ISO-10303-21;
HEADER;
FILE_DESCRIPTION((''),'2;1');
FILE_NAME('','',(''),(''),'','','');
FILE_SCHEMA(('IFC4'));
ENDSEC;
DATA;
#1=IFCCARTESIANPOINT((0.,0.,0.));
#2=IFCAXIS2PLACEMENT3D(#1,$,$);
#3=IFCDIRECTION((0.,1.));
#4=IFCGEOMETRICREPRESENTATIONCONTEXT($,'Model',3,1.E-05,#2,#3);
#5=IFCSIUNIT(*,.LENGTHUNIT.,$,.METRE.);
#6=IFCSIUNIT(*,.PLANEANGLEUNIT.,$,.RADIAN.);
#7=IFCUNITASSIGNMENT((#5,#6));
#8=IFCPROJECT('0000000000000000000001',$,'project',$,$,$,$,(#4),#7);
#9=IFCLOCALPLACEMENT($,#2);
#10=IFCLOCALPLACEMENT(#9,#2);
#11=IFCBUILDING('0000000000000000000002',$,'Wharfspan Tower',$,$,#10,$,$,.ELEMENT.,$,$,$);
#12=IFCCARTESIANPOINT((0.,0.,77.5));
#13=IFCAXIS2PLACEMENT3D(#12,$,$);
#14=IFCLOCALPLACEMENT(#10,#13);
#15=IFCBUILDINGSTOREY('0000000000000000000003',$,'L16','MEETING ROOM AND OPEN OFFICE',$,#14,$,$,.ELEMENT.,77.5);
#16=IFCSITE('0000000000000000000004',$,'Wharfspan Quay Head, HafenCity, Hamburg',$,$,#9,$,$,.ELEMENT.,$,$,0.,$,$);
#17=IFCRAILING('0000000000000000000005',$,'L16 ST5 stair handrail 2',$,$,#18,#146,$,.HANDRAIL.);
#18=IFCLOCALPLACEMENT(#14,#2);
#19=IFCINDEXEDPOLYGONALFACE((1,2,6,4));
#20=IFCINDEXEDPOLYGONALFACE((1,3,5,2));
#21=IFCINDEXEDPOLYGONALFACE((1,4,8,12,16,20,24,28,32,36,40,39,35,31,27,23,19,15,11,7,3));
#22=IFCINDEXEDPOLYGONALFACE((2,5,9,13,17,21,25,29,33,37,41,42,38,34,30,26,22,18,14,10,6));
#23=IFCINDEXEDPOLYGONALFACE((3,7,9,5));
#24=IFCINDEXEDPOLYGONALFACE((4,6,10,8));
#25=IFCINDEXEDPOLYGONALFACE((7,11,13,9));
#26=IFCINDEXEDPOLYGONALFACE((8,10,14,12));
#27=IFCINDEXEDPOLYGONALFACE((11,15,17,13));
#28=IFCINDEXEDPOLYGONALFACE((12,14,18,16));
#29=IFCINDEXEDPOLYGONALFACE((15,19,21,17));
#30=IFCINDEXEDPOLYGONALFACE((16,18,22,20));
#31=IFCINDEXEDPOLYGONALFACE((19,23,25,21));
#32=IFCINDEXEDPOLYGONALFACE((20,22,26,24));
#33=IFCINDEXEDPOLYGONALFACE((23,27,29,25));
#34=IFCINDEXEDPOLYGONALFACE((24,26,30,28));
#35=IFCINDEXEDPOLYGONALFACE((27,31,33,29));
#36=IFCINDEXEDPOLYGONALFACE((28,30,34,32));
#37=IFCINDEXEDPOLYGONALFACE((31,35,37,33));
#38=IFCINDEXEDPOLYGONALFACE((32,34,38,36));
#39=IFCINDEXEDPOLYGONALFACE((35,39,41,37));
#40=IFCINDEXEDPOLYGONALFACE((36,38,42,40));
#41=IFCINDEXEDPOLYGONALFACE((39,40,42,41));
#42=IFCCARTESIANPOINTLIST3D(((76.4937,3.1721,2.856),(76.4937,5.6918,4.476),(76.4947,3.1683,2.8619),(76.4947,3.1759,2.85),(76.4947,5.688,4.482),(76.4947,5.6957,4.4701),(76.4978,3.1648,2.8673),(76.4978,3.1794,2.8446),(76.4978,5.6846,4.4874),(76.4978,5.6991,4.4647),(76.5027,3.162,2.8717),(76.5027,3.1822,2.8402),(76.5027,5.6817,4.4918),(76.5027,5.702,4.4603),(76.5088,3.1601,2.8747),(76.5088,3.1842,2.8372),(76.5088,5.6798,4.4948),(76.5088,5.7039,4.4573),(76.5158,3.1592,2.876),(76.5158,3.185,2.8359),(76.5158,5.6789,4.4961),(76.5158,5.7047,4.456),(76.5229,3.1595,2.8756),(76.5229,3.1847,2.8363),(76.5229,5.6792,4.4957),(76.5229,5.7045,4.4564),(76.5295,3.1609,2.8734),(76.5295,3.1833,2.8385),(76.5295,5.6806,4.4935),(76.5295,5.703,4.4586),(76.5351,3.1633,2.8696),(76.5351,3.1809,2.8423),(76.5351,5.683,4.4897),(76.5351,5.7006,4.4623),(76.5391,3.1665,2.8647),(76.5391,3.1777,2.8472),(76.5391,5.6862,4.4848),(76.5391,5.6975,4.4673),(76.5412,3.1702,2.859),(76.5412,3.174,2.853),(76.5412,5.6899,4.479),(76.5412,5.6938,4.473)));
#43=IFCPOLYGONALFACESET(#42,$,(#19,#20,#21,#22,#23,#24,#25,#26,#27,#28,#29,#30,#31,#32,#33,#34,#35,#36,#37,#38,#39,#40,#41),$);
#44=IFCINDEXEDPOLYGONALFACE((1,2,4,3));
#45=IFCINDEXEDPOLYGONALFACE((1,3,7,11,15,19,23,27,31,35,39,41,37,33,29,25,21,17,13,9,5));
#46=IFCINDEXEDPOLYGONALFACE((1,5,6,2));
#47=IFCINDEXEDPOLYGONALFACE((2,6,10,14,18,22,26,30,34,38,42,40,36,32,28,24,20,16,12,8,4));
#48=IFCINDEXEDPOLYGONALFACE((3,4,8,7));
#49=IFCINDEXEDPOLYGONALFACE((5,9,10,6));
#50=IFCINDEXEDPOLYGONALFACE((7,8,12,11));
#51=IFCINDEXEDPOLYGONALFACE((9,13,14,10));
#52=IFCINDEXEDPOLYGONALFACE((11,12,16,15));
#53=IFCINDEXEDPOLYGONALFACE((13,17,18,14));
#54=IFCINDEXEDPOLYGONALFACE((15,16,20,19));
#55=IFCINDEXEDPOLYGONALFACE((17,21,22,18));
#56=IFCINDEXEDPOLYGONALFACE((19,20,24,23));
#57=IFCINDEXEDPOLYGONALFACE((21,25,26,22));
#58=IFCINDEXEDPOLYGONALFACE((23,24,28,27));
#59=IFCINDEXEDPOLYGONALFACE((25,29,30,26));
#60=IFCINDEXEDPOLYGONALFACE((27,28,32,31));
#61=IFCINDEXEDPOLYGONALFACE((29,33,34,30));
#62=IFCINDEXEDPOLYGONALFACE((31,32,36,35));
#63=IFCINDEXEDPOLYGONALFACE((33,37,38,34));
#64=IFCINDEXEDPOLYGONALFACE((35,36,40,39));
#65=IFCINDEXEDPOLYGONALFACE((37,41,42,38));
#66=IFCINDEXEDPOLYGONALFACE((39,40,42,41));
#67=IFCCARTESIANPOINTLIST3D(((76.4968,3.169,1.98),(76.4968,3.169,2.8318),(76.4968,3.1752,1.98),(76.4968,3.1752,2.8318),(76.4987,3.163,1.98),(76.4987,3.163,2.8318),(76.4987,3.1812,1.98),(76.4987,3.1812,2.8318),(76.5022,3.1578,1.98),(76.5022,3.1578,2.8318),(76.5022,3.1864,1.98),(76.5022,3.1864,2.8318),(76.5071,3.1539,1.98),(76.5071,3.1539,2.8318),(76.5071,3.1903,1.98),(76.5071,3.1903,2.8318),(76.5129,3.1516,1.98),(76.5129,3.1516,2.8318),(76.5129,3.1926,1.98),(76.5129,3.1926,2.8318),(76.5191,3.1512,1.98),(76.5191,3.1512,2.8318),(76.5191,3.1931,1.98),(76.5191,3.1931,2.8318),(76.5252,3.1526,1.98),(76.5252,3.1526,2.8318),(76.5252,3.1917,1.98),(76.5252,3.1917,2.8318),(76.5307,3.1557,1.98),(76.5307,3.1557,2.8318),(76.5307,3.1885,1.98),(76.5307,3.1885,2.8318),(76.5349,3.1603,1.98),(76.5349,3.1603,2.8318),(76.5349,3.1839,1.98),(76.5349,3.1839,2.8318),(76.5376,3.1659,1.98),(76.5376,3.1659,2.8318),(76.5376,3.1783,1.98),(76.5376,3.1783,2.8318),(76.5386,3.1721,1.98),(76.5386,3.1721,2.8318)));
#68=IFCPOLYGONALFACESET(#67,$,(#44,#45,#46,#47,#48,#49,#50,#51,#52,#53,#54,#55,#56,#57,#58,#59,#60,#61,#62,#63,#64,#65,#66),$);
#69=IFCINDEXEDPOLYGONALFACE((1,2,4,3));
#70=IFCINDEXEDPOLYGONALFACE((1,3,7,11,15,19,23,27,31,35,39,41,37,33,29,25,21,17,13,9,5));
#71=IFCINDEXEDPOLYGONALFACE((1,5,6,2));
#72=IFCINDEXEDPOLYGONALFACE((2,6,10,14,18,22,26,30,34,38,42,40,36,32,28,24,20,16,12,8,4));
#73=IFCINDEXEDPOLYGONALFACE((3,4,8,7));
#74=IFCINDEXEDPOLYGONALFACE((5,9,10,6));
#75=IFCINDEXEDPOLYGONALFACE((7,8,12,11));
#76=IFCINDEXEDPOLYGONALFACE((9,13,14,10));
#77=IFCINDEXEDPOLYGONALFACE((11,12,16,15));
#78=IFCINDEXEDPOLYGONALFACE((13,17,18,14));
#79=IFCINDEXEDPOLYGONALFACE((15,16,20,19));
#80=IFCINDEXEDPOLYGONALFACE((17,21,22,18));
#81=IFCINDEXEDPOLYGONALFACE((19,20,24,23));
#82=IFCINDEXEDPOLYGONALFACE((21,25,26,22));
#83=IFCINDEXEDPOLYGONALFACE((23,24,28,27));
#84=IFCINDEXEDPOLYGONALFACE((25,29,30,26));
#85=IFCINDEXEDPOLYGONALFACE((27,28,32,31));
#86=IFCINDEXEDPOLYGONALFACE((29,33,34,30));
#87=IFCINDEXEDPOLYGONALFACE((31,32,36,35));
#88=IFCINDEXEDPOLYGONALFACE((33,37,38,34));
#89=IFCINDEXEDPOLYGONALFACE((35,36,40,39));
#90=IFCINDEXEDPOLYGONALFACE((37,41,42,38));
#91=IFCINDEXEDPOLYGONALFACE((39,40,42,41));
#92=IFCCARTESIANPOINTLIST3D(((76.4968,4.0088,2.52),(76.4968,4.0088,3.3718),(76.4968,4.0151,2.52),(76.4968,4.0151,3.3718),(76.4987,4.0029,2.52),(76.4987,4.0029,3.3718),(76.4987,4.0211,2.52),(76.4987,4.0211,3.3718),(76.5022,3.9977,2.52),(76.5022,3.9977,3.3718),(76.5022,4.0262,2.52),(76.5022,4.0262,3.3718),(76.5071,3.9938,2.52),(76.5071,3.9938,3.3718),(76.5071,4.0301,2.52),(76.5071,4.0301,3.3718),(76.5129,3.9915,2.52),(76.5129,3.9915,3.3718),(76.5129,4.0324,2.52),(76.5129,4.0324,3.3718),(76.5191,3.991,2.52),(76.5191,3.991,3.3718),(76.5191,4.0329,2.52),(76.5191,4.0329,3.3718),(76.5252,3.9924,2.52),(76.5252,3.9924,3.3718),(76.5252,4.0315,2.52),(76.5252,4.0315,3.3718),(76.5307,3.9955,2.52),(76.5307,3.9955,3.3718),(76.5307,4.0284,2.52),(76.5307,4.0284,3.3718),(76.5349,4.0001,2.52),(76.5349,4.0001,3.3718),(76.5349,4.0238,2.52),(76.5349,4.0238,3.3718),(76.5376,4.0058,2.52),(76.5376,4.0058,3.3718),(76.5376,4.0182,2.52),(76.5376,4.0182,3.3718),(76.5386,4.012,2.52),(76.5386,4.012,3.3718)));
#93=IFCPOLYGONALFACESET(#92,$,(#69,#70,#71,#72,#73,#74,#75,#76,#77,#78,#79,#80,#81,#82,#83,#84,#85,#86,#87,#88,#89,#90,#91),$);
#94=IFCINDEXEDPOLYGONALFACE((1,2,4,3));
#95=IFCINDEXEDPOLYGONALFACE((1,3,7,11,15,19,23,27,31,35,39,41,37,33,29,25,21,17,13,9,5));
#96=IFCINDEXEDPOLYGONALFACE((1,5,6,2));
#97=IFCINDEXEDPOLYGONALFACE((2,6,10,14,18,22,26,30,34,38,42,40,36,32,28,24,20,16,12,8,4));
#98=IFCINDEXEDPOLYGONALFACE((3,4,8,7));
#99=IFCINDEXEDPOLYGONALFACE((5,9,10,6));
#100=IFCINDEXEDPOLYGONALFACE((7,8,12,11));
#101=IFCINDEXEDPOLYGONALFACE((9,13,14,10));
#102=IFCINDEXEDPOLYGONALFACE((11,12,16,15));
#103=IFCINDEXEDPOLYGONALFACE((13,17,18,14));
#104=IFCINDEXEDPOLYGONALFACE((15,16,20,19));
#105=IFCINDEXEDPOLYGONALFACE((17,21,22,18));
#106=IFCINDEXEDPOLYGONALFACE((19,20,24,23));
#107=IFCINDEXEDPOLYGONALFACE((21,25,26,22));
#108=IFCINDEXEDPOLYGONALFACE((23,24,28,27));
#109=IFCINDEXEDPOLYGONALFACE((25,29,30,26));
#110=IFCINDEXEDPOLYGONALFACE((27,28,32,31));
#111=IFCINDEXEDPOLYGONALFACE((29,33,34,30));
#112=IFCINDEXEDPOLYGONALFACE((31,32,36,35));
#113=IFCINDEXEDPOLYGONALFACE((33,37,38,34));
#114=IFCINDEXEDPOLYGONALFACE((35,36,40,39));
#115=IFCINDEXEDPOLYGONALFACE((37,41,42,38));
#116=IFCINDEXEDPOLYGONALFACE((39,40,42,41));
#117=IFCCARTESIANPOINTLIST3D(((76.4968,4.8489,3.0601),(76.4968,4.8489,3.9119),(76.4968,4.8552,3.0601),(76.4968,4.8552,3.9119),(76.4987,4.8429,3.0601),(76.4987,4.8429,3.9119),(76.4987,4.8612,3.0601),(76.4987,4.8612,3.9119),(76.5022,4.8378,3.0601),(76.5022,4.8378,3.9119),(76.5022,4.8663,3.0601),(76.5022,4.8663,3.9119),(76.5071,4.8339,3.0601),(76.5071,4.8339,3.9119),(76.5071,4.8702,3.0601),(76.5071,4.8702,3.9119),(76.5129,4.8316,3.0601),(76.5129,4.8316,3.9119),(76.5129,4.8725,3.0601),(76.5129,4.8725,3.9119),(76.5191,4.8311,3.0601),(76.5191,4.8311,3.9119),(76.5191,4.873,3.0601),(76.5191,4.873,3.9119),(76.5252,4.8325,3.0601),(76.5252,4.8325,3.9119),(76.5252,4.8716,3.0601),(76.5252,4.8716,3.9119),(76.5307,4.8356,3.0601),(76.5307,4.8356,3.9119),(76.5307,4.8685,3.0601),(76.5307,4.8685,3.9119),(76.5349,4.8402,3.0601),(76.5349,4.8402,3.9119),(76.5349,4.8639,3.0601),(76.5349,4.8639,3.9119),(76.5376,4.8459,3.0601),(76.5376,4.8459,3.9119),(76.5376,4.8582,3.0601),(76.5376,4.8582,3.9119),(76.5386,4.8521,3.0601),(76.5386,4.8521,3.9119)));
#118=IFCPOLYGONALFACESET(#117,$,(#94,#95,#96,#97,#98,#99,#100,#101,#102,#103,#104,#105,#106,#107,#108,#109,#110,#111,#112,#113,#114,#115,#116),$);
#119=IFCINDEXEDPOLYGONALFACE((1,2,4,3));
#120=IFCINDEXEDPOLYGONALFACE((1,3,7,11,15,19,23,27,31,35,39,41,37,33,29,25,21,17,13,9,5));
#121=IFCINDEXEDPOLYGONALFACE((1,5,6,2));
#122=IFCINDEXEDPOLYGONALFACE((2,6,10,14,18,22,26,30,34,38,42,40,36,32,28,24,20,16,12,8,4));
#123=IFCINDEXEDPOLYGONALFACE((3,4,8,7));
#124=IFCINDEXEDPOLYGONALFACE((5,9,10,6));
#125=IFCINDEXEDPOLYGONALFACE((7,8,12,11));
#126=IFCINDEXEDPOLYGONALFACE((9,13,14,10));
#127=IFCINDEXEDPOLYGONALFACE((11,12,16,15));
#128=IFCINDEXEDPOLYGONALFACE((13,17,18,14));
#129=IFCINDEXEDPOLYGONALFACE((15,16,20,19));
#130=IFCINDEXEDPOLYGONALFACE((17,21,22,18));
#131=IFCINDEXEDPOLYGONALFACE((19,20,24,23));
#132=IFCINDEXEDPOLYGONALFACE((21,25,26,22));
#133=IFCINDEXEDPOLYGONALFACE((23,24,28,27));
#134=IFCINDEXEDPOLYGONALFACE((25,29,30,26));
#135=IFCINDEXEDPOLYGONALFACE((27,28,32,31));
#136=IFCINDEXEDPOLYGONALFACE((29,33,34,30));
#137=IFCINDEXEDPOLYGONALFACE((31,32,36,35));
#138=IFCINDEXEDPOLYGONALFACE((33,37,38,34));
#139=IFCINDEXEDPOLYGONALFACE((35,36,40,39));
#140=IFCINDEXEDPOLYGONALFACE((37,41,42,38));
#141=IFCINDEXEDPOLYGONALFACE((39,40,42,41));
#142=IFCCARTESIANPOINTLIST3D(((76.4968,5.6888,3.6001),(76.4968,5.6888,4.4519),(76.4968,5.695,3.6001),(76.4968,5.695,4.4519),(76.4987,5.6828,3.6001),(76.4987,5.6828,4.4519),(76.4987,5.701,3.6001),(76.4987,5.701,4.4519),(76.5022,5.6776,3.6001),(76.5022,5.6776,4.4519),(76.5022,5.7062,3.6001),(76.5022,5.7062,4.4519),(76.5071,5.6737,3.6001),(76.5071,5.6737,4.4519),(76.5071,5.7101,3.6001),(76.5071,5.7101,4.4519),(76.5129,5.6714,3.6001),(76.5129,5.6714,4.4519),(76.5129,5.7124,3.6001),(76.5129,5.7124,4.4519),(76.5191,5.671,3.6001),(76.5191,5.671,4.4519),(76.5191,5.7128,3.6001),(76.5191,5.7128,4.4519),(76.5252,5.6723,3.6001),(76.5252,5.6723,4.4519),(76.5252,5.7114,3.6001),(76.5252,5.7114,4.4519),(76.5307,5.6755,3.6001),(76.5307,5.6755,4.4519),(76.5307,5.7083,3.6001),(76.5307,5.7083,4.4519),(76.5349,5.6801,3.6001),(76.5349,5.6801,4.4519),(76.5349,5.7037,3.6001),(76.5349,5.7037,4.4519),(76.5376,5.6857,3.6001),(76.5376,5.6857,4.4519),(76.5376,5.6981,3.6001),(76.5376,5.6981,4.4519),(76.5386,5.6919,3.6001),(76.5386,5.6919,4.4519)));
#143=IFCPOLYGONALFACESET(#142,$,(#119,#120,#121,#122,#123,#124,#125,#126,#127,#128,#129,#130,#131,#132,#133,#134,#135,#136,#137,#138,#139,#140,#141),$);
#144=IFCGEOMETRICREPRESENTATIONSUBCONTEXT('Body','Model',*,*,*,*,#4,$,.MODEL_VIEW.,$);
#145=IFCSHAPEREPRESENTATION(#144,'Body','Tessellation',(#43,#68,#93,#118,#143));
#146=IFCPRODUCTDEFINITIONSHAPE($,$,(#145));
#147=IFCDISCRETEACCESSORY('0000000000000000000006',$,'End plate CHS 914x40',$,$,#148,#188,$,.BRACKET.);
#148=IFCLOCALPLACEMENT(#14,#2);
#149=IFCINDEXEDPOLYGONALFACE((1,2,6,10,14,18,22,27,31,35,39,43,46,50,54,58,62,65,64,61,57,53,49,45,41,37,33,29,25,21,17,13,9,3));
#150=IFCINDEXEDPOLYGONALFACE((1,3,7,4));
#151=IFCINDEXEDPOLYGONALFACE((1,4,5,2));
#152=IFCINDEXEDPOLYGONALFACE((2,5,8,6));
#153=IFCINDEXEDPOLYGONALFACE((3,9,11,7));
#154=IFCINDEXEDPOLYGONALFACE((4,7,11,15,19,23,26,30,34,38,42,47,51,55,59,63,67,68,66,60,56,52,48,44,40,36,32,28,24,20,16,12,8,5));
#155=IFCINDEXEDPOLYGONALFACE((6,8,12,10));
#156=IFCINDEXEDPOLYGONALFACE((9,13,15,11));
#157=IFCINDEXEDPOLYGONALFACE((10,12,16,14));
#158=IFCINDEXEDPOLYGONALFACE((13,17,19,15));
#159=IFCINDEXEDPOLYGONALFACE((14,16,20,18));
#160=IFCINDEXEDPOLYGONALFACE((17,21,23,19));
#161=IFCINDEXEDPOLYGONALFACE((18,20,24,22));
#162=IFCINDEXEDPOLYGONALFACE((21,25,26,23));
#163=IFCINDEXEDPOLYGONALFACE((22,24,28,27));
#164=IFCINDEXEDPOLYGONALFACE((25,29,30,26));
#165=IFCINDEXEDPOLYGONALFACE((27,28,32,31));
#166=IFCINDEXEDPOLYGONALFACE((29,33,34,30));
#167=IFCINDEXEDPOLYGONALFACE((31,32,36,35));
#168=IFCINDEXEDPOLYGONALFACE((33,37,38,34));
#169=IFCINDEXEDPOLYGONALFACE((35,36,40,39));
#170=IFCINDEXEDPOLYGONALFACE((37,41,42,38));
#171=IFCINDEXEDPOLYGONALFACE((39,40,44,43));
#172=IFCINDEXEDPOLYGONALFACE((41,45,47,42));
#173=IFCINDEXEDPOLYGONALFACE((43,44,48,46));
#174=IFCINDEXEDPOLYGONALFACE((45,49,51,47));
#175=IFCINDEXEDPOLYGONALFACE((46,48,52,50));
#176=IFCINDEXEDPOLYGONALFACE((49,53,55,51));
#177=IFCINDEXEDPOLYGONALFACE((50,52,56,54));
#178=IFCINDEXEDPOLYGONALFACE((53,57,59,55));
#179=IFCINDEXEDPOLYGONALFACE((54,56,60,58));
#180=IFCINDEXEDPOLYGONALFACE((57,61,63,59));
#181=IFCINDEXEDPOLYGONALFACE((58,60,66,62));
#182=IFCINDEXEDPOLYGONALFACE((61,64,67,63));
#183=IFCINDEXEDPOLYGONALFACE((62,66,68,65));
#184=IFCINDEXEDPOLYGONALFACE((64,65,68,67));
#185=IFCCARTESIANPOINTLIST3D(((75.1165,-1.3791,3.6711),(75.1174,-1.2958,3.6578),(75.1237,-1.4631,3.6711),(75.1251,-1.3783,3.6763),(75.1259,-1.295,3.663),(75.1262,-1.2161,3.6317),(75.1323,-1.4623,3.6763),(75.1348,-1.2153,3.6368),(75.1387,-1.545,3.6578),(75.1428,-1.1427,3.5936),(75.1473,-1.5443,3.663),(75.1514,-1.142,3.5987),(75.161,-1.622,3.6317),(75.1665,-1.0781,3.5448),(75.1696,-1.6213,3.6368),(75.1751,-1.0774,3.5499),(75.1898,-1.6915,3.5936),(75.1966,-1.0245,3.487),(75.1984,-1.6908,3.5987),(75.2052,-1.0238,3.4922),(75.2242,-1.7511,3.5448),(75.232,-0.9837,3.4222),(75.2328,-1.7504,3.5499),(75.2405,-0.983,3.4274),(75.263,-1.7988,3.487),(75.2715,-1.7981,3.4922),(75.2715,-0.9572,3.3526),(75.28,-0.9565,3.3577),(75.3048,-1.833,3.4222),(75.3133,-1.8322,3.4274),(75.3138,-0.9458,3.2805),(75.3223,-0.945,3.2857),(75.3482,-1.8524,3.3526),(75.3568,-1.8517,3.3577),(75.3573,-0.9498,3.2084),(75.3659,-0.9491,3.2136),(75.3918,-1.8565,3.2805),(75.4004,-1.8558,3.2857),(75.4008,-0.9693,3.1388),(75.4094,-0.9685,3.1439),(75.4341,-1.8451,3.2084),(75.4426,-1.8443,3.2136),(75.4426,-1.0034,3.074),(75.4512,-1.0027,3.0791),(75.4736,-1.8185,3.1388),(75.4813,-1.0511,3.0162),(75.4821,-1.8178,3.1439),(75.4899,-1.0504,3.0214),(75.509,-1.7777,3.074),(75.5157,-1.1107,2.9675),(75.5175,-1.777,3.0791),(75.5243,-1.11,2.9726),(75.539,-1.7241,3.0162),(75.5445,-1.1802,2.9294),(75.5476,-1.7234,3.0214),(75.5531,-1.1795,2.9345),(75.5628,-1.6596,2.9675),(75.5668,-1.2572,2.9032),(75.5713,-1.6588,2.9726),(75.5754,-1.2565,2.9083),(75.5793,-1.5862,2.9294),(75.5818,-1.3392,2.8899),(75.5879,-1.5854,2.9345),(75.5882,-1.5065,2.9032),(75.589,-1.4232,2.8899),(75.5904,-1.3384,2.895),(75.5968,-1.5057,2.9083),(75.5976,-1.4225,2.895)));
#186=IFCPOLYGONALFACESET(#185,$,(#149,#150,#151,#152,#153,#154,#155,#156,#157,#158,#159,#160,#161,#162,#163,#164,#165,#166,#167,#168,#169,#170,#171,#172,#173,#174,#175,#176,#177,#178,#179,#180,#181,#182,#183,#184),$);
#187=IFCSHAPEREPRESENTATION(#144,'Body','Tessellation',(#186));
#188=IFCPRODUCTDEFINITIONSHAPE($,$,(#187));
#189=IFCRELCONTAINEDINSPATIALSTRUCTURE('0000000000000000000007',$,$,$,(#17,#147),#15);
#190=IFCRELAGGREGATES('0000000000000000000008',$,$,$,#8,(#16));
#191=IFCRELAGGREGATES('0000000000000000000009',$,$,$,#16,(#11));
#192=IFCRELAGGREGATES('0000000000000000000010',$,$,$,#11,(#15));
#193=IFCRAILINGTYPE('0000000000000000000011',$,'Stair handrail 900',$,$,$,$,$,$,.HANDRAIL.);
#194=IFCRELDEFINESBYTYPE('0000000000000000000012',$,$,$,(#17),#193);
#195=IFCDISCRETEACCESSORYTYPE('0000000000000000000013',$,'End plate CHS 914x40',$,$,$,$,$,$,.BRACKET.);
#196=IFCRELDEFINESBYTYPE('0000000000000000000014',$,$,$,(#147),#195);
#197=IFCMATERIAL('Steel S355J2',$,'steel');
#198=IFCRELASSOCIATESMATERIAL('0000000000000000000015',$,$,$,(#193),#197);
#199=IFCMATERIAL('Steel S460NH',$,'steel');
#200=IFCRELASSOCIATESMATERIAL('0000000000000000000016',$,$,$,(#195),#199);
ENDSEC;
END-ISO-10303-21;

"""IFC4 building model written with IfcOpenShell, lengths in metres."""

from ifc_helpers import new_model, si_unit, direction, frame, origin, origin_2d, place, context, subcontext, project, spatial, circle, extrude, material, material_profile, profile_set, type_object, element, save


model = new_model("IFC4")

# Units and contexts
model_context = context("Model", 3, precision=1e-05, world=origin(), true_north=direction((0.0, 1.0)))
body_context = subcontext(model_context, "Body", "Model", "MODEL_VIEW")
ifc_project = project(units=[si_unit("LENGTHUNIT", "METRE"), si_unit("PLANEANGLEUNIT", "RADIAN")], contexts=[model_context])

# Site, building, storey
site_placement = place(None, origin())
site = spatial("IfcSite", under=ifc_project, at=site_placement, Name="Wharfspan Quay Head, HafenCity, Hamburg", CompositionType="ELEMENT", RefElevation=0.0)
building_placement = place(site_placement, origin())
building = spatial("IfcBuilding", under=site, at=building_placement, Name="Wharfspan Tower", CompositionType="ELEMENT")
storey_placement = place(building_placement, frame((0.0, 0.0, 77.5)))
storey = spatial("IfcBuildingStorey", under=building, at=storey_placement, Name="L16", Description="MEETING ROOM AND OPEN OFFICE", CompositionType="ELEMENT", Elevation=77.5)

# Shared definitions
ifc_material_1 = material(Name="Steel S355J2", Category="steel")

# Shared definitions
ifc_material_2 = material(Name="Steel S460NH", Category="steel")

# Railing
railing_type_1 = type_object("IfcRailingType", Name="Stair handrail 900", PredefinedType="HANDRAIL", material=ifc_material_1)
railing_1_placement = place(storey_placement, frame((76.5176, 3.1721, 1.98)))
element("IfcRailing", 1, at=railing_1_placement, inside=storey, type_object=railing_type_1, Name="L16 ST5 stair handrail 2", PredefinedType="HANDRAIL", context=body_context, shape_type="SweptSolid", body=[
    extrude(circle(Radius=0.0239, at=origin_2d()), frame((0.0, 0.0, 0.876), z_axis=(0.0, 0.841139, 0.540819), x_axis=(-1.0, 0.0, 0.0)), (0.0, 0.0, 1.0), 2.9956),
    extrude(circle(Radius=0.021, at=origin_2d()), origin(), (0.0, 0.0, 1.0), 0.8518),
    extrude(circle(Radius=0.021, at=origin_2d()), frame((0.0, 0.8398, 0.54)), (0.0, 0.0, 1.0), 0.8518),
    extrude(circle(Radius=0.021, at=origin_2d()), frame((0.0, 1.6799, 1.0801)), (0.0, 0.0, 1.0), 0.8518),
    extrude(circle(Radius=0.021, at=origin_2d()), frame((0.0, 2.5198, 1.6201)), (0.0, 0.0, 1.0), 0.8518),
])

# Discrete accessory
ifc_material_profile_1 = material_profile(ifc_material_2, circle(Radius=0.457, at=origin_2d()))
ifc_profile_set_1 = profile_set([ifc_material_profile_1], Name="Steel S460NH")
discrete_accessory_type = type_object("IfcDiscreteAccessoryType", Name="End plate CHS 914x40", PredefinedType="BRACKET", material=ifc_profile_set_1)
for number, where, z_axis, x_axis, name in (
    (2, (75.3528, -1.4011, 3.2805), (0.855186, 0.073302, 0.513112), (-0.085402, 0.996345, 0.000001), "End plate CHS 914x40"),
):
    element("IfcDiscreteAccessory", number, at=place(storey_placement, frame(where, z_axis=z_axis, x_axis=x_axis)), inside=storey, type_object=discrete_accessory_type, Name=name, PredefinedType="BRACKET", context=body_context, shape_type="SweptSolid", body=[
        extrude(circle(Radius=0.457, at=origin_2d()), origin(), (0.0, 0.0, 1.0), 0.01),
    ])

save(model, "model.ifc")
